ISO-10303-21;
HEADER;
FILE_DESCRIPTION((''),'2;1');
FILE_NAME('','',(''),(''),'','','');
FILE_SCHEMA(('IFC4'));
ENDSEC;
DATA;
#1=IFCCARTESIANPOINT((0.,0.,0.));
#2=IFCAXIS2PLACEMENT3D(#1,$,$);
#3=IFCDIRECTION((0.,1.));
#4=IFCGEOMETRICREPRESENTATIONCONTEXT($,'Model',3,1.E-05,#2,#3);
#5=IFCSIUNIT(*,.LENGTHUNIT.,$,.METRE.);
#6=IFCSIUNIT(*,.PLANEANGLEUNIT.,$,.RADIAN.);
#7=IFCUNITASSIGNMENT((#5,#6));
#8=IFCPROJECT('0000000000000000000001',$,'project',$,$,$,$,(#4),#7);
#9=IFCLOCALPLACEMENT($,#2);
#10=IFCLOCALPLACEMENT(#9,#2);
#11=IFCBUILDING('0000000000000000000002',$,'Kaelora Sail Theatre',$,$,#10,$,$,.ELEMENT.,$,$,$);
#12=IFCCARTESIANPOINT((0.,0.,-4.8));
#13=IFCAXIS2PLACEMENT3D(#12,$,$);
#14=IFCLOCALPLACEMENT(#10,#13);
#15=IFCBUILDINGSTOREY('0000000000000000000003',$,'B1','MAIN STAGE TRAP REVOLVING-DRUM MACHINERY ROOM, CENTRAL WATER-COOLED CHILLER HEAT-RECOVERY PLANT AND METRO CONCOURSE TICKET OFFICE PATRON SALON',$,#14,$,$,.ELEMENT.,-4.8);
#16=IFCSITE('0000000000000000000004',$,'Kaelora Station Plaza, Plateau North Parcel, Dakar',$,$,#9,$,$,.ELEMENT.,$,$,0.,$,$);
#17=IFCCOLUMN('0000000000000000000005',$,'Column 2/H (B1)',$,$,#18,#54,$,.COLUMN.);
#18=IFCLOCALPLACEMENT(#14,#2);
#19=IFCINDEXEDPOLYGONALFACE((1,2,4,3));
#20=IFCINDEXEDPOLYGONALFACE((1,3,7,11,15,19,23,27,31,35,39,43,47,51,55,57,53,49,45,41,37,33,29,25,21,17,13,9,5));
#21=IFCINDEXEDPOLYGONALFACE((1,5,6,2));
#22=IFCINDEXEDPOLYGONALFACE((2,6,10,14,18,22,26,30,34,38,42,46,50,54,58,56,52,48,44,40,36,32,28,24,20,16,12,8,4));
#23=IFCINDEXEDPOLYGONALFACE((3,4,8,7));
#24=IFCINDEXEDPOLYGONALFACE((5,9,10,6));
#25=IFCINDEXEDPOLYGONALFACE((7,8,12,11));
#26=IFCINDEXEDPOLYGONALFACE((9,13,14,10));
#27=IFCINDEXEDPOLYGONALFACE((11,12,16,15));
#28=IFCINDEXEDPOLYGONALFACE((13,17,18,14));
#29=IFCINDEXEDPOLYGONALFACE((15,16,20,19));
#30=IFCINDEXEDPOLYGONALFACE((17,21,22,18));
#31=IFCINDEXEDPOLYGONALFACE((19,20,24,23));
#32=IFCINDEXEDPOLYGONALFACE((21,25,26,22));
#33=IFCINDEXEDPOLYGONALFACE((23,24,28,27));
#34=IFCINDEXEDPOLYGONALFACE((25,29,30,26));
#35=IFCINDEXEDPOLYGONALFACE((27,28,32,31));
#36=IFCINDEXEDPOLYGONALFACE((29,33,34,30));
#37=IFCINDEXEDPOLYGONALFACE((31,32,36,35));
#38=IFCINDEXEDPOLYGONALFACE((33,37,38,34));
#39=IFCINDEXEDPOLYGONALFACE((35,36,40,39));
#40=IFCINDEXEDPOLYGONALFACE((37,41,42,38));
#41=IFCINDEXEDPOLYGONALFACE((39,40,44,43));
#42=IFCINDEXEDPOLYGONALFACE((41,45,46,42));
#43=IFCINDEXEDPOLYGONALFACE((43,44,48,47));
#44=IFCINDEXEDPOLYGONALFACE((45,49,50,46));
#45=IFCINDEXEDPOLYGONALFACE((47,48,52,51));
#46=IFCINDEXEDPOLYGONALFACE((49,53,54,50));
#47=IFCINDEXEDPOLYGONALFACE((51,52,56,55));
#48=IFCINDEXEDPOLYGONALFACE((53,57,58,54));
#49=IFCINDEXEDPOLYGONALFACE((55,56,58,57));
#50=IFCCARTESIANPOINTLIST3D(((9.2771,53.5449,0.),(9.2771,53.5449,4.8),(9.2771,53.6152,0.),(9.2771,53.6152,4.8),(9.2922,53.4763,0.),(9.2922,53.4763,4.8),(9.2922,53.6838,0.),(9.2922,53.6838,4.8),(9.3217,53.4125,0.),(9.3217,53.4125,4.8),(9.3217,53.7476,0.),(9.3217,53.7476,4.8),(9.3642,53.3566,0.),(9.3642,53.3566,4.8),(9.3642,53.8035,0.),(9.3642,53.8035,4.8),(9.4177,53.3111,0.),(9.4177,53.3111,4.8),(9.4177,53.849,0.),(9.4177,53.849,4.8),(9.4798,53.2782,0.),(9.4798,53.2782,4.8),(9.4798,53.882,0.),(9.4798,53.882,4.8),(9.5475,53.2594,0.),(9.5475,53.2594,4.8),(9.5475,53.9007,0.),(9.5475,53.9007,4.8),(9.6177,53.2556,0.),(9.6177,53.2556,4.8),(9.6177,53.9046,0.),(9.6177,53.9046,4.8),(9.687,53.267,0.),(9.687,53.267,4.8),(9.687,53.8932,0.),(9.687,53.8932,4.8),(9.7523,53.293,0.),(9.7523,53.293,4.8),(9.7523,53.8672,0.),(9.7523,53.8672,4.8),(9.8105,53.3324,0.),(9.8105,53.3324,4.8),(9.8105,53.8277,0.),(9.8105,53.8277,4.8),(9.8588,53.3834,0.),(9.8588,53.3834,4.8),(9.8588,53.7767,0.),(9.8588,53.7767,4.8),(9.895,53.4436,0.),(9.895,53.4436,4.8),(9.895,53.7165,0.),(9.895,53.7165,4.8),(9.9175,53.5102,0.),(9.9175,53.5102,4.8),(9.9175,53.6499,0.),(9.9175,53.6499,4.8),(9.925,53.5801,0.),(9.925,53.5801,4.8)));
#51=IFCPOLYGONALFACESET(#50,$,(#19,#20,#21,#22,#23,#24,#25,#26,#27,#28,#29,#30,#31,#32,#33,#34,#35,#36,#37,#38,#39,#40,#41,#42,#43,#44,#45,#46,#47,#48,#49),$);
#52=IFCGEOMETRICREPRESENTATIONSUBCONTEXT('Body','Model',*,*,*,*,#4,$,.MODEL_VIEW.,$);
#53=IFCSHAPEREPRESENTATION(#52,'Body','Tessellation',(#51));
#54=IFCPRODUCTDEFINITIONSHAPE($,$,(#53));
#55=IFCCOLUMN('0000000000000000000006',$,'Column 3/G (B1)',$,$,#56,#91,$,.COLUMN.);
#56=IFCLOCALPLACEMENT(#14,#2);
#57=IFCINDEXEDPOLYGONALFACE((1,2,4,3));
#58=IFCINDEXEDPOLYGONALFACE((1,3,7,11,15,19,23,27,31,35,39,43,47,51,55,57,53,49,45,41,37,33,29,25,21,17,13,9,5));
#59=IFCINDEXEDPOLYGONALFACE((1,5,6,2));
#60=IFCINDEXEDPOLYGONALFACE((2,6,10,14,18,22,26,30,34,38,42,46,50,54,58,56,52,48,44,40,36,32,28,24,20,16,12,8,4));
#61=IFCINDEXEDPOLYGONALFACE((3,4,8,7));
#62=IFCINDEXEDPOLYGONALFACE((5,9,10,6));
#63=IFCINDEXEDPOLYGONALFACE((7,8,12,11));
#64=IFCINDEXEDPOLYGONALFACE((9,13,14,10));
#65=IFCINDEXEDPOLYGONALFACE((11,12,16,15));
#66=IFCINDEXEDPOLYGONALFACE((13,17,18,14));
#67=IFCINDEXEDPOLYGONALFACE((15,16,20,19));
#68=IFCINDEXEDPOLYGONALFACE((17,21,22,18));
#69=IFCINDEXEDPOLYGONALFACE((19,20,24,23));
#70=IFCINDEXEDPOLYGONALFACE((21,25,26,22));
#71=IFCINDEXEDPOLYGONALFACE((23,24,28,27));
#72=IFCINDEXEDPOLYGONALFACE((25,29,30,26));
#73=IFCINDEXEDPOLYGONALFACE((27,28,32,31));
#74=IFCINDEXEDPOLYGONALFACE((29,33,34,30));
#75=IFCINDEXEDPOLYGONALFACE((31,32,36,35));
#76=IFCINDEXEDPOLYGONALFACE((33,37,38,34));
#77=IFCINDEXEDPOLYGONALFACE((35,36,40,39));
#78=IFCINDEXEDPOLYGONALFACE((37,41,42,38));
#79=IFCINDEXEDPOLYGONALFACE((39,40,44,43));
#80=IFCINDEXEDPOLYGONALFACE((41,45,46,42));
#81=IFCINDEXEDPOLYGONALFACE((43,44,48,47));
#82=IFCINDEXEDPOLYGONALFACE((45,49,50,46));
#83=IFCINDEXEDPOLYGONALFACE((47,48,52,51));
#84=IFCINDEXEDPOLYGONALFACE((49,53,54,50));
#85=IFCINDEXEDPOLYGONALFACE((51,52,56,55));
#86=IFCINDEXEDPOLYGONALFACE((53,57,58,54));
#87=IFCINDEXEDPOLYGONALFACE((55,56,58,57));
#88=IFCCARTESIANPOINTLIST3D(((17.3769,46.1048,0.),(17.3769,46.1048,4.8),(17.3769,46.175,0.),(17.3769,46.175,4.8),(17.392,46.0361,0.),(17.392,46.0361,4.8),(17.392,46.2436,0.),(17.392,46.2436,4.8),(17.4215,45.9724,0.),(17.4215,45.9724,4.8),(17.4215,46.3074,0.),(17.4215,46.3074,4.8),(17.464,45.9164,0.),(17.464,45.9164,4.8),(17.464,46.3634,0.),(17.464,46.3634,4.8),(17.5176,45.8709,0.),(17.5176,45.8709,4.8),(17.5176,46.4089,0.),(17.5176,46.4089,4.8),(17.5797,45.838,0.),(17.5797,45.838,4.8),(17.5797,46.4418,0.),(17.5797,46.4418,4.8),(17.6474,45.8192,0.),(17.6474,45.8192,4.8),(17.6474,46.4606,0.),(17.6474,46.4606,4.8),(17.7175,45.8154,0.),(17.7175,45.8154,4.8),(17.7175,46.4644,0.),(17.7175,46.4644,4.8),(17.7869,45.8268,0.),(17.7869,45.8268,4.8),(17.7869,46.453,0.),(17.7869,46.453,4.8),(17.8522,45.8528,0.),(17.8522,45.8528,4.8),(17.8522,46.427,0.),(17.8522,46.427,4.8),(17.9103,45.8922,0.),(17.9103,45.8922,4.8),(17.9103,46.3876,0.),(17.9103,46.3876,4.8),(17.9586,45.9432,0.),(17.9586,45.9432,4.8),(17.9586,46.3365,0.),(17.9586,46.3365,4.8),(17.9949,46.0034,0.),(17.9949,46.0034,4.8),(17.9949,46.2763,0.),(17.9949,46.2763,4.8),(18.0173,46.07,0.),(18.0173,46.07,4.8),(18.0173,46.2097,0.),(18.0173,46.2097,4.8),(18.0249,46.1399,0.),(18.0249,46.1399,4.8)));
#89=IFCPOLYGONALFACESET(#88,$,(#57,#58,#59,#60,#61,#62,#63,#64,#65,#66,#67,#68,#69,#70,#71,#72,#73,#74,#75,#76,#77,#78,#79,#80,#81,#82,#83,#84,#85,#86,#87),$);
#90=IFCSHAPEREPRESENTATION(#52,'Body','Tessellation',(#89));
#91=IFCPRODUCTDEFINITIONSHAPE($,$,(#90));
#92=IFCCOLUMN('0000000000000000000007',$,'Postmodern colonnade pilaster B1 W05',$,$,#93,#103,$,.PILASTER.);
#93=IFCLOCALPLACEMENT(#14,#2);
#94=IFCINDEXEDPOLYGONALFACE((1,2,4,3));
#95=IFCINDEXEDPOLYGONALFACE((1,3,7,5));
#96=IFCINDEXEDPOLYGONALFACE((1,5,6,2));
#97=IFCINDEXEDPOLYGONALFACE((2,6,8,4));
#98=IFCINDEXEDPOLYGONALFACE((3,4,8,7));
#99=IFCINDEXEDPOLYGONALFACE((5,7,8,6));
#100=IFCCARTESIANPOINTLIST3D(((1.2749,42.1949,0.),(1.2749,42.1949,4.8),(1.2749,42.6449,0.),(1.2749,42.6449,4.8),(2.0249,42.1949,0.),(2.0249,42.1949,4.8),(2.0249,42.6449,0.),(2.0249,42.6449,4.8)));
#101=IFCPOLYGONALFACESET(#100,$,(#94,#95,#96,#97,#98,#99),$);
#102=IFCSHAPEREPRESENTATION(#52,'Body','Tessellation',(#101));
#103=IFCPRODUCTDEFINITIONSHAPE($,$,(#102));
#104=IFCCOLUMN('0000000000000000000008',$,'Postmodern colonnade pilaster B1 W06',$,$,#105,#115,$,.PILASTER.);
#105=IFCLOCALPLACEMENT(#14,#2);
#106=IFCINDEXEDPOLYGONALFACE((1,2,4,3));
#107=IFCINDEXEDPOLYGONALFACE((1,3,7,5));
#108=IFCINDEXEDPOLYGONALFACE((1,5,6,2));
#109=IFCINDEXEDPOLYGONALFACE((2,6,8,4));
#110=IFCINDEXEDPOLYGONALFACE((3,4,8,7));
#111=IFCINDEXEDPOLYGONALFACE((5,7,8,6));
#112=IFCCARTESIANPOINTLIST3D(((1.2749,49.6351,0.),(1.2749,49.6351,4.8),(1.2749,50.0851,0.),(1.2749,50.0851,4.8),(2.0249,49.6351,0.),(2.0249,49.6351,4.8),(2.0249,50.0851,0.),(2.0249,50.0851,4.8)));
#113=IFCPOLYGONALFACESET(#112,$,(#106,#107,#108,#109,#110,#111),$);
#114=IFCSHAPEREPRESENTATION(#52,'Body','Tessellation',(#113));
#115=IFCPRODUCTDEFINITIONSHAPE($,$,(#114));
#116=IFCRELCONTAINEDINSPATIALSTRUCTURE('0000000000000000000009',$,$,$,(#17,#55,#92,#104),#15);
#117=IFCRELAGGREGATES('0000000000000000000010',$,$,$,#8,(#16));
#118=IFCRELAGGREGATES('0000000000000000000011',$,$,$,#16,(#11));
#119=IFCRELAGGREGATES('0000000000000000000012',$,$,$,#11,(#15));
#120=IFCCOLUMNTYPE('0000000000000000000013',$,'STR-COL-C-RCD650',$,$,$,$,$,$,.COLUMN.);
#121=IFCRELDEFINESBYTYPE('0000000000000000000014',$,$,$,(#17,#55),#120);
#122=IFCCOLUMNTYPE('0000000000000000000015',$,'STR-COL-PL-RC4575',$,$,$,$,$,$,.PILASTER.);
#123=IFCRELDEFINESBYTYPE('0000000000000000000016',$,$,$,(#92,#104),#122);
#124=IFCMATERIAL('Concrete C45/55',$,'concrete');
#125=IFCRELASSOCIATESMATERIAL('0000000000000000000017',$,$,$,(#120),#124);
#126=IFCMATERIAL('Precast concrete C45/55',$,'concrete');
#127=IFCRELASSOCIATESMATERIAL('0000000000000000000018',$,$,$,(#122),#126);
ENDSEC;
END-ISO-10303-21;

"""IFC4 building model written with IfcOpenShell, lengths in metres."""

from ifc_helpers import new_model, si_unit, direction, frame, origin, origin_2d, place, context, subcontext, project, spatial, rectangle, circle, extrude, material, material_profile, profile_set, type_object, element, save


model = new_model("IFC4")

# Units and contexts
model_context = context("Model", 3, precision=1e-05, world=origin(), true_north=direction((0.0, 1.0)))
body_context = subcontext(model_context, "Body", "Model", "MODEL_VIEW")
ifc_project = project(units=[si_unit("LENGTHUNIT", "METRE"), si_unit("PLANEANGLEUNIT", "RADIAN")], contexts=[model_context])

# Site, building, storey
site_placement = place(None, origin())
site = spatial("IfcSite", under=ifc_project, at=site_placement, Name="Kaelora Station Plaza, Plateau North Parcel, Dakar", CompositionType="ELEMENT", RefElevation=0.0)
building_placement = place(site_placement, origin())
building = spatial("IfcBuilding", under=site, at=building_placement, Name="Kaelora Sail Theatre", CompositionType="ELEMENT")
storey_placement = place(building_placement, frame((0.0, 0.0, -4.8)))
storey = spatial("IfcBuildingStorey", under=building, at=storey_placement, Name="B1", Description="MAIN STAGE TRAP REVOLVING-DRUM MACHINERY ROOM, CENTRAL WATER-COOLED CHILLER HEAT-RECOVERY PLANT AND METRO CONCOURSE TICKET OFFICE PATRON SALON", CompositionType="ELEMENT", Elevation=-4.8)

# Columns
ifc_material_1 = material(Name="Concrete C45/55", Category="concrete")
ifc_material_profile_1 = material_profile(ifc_material_1, circle(Radius=0.325, at=origin_2d()), Name="RC-CCOL D650")
ifc_profile_set_1 = profile_set([ifc_material_profile_1], Name="Concrete C45/55")
column_type_1 = type_object("IfcColumnType", Name="STR-COL-C-RCD650", PredefinedType="COLUMN", material=ifc_profile_set_1)
for number, where, z_axis, x_axis, name in (
    (1, (9.6001, 53.5801, 0.0), (0.0, 0.0, 1.0), (1.0, 0.0, 0.0), "Column 2/H (B1)"),
    (2, (17.7, 46.1399, 0.0), (0.0, 0.0, 1.0), (1.0, 0.0, 0.0), "Column 3/G (B1)"),
):
    element("IfcColumn", number, at=place(storey_placement, frame(where, z_axis=z_axis, x_axis=x_axis)), inside=storey, type_object=column_type_1, Name=name, PredefinedType="COLUMN", context=body_context, shape_type="SweptSolid", body=[
        extrude(circle(Radius=0.325, at=origin_2d()), origin(), (0.0, 0.0, 1.0), 4.8),
    ])
ifc_material_2 = material(Name="Precast concrete C45/55", Category="concrete")
ifc_material_profile_2 = material_profile(ifc_material_2, rectangle(XDim=0.45, YDim=0.75, at=origin_2d()), Name="RC-PIL 450x750")
ifc_profile_set_2 = profile_set([ifc_material_profile_2], Name="Precast concrete C45/55")
column_type_2 = type_object("IfcColumnType", Name="STR-COL-PL-RC4575", PredefinedType="PILASTER", material=ifc_profile_set_2)
for number, where, z_axis, x_axis, name in (
    (3, (1.6499, 42.4199, 0.0), (0.0, 0.0, 1.0), (0.0, 1.0, 0.0), "Postmodern colonnade pilaster B1 W05"),
    (4, (1.6499, 49.8601, 0.0), (0.0, 0.0, 1.0), (0.0, 1.0, 0.0), "Postmodern colonnade pilaster B1 W06"),
):
    element("IfcColumn", number, at=place(storey_placement, frame(where, z_axis=z_axis, x_axis=x_axis)), inside=storey, type_object=column_type_2, Name=name, PredefinedType="PILASTER", context=body_context, shape_type="SweptSolid", body=[
        extrude(rectangle(XDim=0.45, YDim=0.75, at=origin_2d()), origin(), (0.0, 0.0, 1.0), 4.8),
    ])

save(model, "model.ifc")
